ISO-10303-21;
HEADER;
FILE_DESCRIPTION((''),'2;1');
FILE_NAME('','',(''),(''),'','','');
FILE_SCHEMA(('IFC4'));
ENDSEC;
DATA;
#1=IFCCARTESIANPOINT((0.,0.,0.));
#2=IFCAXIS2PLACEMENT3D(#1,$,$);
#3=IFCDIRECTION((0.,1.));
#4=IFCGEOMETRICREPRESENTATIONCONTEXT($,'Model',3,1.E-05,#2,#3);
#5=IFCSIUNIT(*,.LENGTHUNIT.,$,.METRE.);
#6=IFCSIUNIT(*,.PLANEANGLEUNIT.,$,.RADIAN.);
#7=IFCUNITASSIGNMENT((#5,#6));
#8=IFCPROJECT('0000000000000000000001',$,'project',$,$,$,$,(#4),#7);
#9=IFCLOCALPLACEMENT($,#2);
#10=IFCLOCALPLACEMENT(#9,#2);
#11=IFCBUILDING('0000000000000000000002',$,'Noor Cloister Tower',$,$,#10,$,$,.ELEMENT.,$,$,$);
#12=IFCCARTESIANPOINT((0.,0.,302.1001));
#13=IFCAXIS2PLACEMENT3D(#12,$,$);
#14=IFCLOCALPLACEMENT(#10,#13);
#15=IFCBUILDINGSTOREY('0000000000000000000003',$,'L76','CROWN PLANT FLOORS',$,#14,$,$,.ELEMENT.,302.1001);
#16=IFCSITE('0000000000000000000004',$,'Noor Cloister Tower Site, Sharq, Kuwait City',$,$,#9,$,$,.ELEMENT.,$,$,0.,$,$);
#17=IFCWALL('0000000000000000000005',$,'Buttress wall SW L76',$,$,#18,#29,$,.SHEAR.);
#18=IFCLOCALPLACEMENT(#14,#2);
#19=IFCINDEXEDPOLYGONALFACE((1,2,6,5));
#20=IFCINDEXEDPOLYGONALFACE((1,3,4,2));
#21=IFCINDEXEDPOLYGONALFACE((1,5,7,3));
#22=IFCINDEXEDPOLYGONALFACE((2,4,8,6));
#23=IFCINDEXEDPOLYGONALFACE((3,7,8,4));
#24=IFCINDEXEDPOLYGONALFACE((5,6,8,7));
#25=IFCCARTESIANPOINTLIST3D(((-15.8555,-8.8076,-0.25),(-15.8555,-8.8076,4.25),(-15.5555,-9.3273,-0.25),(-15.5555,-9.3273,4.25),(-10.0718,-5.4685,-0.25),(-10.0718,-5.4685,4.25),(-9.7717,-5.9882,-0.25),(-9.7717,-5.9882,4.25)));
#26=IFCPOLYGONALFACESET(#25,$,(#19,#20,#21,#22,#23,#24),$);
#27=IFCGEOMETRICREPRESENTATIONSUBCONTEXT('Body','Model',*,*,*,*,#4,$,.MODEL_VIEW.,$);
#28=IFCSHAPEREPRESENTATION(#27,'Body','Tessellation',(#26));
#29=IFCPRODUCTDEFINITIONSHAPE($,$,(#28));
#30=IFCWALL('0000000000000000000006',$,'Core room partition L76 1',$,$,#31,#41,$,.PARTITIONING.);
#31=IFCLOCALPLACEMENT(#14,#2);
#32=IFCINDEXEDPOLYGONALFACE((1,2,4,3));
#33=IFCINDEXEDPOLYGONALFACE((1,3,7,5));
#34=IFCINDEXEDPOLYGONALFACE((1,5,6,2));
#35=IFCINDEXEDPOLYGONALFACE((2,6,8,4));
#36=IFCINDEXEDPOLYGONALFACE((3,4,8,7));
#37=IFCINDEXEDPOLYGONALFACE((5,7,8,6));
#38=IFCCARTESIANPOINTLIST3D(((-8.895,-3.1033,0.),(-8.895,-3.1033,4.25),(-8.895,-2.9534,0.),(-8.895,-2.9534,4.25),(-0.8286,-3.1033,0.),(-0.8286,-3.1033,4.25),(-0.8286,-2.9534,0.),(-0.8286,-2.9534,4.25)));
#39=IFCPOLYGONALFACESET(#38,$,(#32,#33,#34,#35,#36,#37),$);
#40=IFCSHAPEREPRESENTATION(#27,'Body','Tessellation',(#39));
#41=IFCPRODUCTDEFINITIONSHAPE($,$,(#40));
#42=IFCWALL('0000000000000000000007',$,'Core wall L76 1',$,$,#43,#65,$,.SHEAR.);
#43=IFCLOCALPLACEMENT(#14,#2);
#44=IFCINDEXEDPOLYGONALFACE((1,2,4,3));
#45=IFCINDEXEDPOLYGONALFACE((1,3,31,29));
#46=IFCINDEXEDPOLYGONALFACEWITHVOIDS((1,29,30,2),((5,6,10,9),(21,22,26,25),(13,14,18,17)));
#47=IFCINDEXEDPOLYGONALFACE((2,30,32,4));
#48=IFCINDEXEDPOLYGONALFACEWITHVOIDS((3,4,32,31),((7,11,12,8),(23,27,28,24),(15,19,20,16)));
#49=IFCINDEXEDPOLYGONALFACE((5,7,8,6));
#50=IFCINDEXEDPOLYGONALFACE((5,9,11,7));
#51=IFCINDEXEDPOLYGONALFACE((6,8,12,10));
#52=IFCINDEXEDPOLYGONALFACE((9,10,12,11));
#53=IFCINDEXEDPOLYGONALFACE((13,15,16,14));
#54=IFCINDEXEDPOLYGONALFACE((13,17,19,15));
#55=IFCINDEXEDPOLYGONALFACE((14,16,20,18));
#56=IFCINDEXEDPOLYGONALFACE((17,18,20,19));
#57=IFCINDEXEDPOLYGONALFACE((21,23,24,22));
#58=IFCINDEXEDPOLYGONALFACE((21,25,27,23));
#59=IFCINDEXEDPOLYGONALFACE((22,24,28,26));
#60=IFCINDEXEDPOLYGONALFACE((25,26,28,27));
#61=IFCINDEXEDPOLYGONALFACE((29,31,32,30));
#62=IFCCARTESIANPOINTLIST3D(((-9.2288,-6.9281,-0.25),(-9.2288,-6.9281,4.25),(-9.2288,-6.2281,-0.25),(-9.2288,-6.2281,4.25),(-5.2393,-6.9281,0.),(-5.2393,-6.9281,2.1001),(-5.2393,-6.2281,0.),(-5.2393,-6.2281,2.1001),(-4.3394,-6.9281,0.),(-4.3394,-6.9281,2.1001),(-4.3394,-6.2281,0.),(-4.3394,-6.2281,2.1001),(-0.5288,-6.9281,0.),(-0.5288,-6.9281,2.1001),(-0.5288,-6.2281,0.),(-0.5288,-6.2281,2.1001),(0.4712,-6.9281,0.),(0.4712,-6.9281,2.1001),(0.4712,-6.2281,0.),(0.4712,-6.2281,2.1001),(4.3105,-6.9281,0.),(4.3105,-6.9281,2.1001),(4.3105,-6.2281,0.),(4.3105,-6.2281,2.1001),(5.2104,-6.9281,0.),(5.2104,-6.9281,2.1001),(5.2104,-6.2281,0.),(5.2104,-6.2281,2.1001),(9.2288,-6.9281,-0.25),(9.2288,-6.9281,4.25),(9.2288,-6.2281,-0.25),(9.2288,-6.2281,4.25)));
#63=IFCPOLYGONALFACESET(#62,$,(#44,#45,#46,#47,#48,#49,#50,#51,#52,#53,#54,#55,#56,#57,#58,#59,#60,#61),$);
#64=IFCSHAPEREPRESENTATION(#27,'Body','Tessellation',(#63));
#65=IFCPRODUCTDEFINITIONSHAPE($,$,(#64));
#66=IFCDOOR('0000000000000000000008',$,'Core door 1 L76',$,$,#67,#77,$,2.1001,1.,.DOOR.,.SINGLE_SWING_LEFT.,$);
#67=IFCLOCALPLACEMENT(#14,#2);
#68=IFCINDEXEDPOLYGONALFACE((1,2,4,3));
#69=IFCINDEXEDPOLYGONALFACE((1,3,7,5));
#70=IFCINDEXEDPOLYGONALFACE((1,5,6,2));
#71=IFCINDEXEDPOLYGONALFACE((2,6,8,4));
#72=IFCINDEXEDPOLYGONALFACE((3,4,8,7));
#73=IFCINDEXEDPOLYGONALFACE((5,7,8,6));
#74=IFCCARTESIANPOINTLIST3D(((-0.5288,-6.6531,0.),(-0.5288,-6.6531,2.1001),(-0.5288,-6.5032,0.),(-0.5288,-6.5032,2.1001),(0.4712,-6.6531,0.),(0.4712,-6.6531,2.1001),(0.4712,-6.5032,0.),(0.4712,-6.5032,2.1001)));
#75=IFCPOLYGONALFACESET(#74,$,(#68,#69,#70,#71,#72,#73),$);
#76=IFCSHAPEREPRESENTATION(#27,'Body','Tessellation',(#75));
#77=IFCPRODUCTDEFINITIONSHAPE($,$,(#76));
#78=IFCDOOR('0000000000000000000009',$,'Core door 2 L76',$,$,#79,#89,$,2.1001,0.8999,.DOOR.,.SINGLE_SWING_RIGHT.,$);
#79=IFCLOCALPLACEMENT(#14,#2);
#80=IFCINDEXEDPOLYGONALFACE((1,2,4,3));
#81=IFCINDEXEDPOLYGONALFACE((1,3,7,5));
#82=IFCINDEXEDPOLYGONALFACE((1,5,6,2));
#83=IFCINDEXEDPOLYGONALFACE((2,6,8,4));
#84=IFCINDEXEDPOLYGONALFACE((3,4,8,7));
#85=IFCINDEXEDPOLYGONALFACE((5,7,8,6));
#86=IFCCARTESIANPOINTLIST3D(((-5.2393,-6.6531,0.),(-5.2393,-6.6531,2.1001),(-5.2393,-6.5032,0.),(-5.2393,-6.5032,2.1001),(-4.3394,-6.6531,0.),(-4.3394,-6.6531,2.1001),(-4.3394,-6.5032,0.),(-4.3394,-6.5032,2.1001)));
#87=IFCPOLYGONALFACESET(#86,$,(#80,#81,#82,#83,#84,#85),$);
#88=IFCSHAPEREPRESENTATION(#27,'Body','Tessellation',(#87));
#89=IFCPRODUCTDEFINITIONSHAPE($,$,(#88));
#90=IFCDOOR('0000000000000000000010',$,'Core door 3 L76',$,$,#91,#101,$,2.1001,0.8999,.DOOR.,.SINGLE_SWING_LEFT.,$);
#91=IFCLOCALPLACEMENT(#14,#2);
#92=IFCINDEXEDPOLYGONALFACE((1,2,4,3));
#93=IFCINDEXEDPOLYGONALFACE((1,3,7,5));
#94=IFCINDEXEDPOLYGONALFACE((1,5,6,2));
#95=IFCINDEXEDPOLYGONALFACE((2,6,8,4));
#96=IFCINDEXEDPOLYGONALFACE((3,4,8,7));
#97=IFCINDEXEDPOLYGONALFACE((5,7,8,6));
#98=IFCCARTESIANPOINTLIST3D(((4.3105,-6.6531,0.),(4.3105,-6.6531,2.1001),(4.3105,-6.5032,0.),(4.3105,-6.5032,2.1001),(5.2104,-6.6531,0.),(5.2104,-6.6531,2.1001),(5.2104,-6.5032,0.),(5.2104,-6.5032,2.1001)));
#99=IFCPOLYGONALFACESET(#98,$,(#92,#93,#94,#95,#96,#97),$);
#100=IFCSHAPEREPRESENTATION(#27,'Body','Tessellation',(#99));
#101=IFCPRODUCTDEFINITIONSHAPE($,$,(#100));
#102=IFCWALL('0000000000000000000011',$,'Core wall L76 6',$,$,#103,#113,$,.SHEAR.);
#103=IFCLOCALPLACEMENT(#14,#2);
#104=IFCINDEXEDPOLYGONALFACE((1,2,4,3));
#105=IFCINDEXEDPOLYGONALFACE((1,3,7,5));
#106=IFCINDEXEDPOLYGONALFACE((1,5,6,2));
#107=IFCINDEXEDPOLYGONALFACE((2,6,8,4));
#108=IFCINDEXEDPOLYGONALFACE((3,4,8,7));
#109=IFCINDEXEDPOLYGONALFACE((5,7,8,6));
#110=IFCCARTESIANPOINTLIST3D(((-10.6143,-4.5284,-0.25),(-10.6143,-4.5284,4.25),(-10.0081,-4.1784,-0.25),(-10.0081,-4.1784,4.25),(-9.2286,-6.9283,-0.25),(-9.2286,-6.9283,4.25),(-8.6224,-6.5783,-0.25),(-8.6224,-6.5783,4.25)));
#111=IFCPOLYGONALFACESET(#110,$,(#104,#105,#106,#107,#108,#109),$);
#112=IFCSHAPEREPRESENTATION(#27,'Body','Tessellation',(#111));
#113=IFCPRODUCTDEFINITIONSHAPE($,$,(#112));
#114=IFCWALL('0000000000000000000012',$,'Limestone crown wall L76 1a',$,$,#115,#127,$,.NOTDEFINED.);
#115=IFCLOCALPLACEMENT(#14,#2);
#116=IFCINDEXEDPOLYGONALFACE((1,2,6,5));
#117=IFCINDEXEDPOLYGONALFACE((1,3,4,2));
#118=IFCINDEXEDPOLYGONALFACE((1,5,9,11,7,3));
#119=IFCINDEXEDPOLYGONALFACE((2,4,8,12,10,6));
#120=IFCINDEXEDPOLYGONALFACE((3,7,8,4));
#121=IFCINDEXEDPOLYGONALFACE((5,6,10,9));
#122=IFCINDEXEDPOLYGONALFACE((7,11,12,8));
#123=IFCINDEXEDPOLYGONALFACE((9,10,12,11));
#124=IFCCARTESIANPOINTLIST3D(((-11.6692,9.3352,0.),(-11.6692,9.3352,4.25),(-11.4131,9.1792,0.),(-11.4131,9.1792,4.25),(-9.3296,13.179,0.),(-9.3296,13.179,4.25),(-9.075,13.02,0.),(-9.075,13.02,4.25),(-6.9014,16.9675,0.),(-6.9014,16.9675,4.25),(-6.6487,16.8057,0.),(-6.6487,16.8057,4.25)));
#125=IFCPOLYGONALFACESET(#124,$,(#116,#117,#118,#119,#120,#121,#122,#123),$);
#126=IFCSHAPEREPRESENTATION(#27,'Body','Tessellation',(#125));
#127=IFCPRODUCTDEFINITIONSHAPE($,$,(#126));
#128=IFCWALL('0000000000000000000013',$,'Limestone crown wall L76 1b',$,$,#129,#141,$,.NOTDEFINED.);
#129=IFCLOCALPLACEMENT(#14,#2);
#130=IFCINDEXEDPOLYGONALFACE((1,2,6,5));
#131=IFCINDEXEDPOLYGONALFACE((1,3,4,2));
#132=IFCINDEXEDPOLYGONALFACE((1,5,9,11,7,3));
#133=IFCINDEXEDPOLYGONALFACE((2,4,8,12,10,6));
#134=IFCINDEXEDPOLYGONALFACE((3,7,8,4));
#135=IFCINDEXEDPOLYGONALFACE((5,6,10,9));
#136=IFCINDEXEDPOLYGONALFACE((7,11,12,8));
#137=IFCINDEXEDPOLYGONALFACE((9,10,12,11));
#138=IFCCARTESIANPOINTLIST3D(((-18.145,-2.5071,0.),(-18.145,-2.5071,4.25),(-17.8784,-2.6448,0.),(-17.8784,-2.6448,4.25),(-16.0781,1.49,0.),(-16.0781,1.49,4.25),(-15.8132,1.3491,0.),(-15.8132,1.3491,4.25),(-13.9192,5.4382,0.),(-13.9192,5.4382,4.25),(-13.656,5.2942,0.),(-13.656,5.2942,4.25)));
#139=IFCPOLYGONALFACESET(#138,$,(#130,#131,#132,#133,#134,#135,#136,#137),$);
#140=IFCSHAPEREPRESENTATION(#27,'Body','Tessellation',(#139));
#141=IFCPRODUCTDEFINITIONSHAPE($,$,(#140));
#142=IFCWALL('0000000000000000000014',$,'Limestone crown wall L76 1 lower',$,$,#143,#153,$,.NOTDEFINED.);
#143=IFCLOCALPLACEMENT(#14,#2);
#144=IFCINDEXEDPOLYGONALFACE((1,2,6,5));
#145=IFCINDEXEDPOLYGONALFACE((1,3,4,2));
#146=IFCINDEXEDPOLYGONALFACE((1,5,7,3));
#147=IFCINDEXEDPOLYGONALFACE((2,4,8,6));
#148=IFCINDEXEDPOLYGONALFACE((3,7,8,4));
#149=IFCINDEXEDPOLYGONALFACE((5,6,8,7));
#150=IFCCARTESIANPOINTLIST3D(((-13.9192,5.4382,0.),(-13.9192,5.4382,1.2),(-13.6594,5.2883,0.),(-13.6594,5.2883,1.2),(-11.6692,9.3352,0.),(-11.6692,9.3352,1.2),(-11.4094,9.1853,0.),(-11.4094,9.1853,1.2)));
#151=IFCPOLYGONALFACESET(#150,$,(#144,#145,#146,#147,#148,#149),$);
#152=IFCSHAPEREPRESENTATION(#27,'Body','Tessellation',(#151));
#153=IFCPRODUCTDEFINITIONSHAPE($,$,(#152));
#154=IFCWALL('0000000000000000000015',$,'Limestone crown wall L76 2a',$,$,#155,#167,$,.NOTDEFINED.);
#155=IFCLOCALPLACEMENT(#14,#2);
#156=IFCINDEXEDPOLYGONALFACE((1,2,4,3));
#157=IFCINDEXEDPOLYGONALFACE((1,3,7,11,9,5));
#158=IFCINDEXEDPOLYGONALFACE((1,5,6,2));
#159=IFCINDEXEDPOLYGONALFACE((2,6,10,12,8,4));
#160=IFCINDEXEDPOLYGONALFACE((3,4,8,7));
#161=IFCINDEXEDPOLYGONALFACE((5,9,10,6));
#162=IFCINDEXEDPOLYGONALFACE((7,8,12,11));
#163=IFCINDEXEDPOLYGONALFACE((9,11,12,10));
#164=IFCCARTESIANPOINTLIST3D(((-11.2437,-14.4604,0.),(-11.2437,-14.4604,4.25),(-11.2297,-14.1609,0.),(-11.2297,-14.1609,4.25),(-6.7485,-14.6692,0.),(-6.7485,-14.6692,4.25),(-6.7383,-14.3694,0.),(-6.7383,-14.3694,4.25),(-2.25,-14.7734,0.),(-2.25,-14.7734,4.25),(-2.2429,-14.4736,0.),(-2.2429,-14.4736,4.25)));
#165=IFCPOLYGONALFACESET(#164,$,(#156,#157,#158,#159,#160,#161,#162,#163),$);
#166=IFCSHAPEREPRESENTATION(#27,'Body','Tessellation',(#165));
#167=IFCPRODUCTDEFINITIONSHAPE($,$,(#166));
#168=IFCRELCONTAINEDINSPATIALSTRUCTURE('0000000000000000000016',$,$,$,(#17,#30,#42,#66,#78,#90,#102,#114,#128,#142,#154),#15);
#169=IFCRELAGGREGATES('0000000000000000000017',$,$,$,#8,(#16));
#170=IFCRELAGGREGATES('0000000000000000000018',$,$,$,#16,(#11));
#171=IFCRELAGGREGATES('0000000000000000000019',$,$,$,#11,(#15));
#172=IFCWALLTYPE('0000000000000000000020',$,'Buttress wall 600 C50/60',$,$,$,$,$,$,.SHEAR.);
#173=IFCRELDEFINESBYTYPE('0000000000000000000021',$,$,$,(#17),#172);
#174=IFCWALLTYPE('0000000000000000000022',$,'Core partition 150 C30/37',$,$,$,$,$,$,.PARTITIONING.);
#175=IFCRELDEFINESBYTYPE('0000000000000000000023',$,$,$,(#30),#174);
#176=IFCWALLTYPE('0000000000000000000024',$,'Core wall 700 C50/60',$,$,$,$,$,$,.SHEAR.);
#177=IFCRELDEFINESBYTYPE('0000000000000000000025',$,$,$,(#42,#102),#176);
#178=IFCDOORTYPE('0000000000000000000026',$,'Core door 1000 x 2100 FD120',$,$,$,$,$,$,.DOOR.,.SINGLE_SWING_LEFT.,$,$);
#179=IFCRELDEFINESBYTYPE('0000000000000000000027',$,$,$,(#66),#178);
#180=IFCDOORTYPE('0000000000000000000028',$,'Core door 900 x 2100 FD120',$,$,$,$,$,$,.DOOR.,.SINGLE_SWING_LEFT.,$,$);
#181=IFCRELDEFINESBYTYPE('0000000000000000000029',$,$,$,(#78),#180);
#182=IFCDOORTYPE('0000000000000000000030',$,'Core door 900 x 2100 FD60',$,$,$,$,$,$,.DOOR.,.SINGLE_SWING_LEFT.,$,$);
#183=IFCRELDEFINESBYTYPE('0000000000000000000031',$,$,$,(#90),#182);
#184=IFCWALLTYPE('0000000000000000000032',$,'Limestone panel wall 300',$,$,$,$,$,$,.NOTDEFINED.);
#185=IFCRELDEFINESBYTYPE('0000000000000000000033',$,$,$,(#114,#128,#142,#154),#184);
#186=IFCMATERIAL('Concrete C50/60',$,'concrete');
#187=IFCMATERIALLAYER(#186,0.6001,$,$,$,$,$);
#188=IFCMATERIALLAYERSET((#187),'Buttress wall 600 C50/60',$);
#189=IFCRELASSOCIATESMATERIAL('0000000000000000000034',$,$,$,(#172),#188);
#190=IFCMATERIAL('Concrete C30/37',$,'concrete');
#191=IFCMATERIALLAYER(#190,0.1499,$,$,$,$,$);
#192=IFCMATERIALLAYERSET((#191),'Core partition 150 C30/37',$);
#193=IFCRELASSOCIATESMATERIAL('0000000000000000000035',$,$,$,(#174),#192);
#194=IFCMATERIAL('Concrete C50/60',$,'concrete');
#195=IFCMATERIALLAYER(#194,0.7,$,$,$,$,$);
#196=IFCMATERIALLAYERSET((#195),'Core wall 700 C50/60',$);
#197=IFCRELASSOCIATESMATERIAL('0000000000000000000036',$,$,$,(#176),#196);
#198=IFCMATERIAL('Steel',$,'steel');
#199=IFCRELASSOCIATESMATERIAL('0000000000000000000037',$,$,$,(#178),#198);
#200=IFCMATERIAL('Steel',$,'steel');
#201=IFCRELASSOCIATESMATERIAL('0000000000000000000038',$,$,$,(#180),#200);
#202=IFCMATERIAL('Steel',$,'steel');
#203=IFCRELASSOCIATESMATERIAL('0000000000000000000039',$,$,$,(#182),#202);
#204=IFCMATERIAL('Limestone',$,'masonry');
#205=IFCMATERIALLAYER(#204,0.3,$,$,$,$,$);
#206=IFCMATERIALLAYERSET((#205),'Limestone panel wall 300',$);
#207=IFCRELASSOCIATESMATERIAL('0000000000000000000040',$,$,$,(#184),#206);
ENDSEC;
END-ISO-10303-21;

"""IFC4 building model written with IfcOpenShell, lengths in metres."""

from ifc_helpers import new_model, si_unit, direction, frame, frame_2d, origin, place, context, subcontext, project, spatial, polyline, rectangle, outline, extrude, material, layer, layer_set, type_object, element, fill, save


model = new_model("IFC4")

# Units and contexts
model_context = context("Model", 3, precision=1e-05, world=origin(), true_north=direction((0.0, 1.0)))
body_context = subcontext(model_context, "Body", "Model", "MODEL_VIEW")
ifc_project = project(units=[si_unit("LENGTHUNIT", "METRE"), si_unit("PLANEANGLEUNIT", "RADIAN")], contexts=[model_context])

# Site, building, storey
site_placement = place(None, origin())
site = spatial("IfcSite", under=ifc_project, at=site_placement, Name="Noor Cloister Tower Site, Sharq, Kuwait City", CompositionType="ELEMENT", RefElevation=0.0)
building_placement = place(site_placement, origin())
building = spatial("IfcBuilding", under=site, at=building_placement, Name="Noor Cloister Tower", CompositionType="ELEMENT")
storey_placement = place(building_placement, frame((0.0, 0.0, 302.1001)))
storey = spatial("IfcBuildingStorey", under=building, at=storey_placement, Name="L76", Description="CROWN PLANT FLOORS", CompositionType="ELEMENT", Elevation=302.1001)

# Walls
ifc_material_1 = material(Name="Concrete C50/60", Category="concrete")
ifc_layer_1 = layer(ifc_material_1, 0.6001)
ifc_layer_set_1 = layer_set([ifc_layer_1], Name="Buttress wall 600 C50/60")
wall_type_1 = type_object("IfcWallType", Name="Buttress wall 600 C50/60", PredefinedType="SHEAR", material=ifc_layer_set_1)
wall_1_placement = place(storey_placement, frame((-9.9216, -5.7283, -0.25), z_axis=(0.0, 0.0, 1.0), x_axis=(-0.866032, -0.499988, 0.0)))
element("IfcWall", 1, at=wall_1_placement, inside=storey, type_object=wall_type_1, Name="Buttress wall SW L76", PredefinedType="SHEAR", context=body_context, shape_type="SweptSolid", body=[
    extrude(rectangle(XDim=6.6785, YDim=0.6001, at=frame_2d((3.3394, 0.0))), origin(), (0.0, 0.0, 1.0), 4.5),
])
ifc_material_2 = material(Name="Concrete C30/37", Category="concrete")
ifc_layer_2 = layer(ifc_material_2, 0.1499)
ifc_layer_set_2 = layer_set([ifc_layer_2], Name="Core partition 150 C30/37")
wall_type_2 = type_object("IfcWallType", Name="Core partition 150 C30/37", PredefinedType="PARTITIONING", material=ifc_layer_set_2)
wall_2_placement = place(storey_placement, frame((-8.895, -3.0283, 0.0), z_axis=(0.0, 0.0, 1.0), x_axis=(1.0, 0.0, 0.0)))
element("IfcWall", 2, at=wall_2_placement, inside=storey, type_object=wall_type_2, Name="Core room partition L76 1", PredefinedType="PARTITIONING", context=body_context, shape_type="SweptSolid", body=[
    extrude(rectangle(XDim=8.0664, YDim=0.1499, at=frame_2d((4.0332, 0.0))), origin(), (0.0, 0.0, 1.0), 4.25),
])

# Wall, openings, doors
ifc_material_3 = material(Name="Concrete C50/60", Category="concrete")
ifc_layer_3 = layer(ifc_material_3, 0.7)
ifc_layer_set_3 = layer_set([ifc_layer_3], Name="Core wall 700 C50/60")
wall_type_3 = type_object("IfcWallType", Name="Core wall 700 C50/60", PredefinedType="SHEAR", material=ifc_layer_set_3)
wall_3_placement = place(storey_placement, frame((-9.2288, -6.5781, -0.25), z_axis=(0.0, 0.0, 1.0), x_axis=(1.0, 0.0, 0.0)))
wall_3 = element("IfcWall", 3, at=wall_3_placement, inside=storey, type_object=wall_type_3, Name="Core wall L76 1", PredefinedType="SHEAR", context=body_context, shape_type="SweptSolid", body=[
    extrude(rectangle(XDim=18.4575, YDim=0.7, at=frame_2d((9.2288, 0.0))), origin(), (0.0, 0.0, 1.0), 4.5),
])
opening_1_placement = place(wall_3_placement, frame((8.7, 0.0, 0.25)))
opening_1 = element("IfcOpeningElement", 4, at=opening_1_placement, cuts=wall_3, PredefinedType="OPENING", context=body_context, shape_type="SweptSolid", body=[
    extrude(rectangle(XDim=1.0, YDim=2.1001, at=frame_2d((0.5, 1.05))), frame((0.0, 0.3599, 0.0), z_axis=(0.0, -1.0, 0.0), x_axis=(1.0, 0.0, 0.0)), (0.0, 0.0, 1.0), 0.72),
])
opening_2_placement = place(wall_3_placement, frame((3.9895, 0.0, 0.25)))
opening_2 = element("IfcOpeningElement", 5, at=opening_2_placement, cuts=wall_3, PredefinedType="OPENING", context=body_context, shape_type="SweptSolid", body=[
    extrude(rectangle(XDim=0.8999, YDim=2.1001, at=frame_2d((0.45, 1.05))), frame((0.0, 0.3599, 0.0), z_axis=(0.0, -1.0, 0.0), x_axis=(1.0, 0.0, 0.0)), (0.0, 0.0, 1.0), 0.72),
])
opening_3_placement = place(wall_3_placement, frame((13.5393, 0.0, 0.25)))
opening_3 = element("IfcOpeningElement", 6, at=opening_3_placement, cuts=wall_3, PredefinedType="OPENING", context=body_context, shape_type="SweptSolid", body=[
    extrude(rectangle(XDim=0.8999, YDim=2.1001, at=frame_2d((0.45, 1.05))), frame((0.0, 0.3599, 0.0), z_axis=(0.0, -1.0, 0.0), x_axis=(1.0, 0.0, 0.0)), (0.0, 0.0, 1.0), 0.72),
])
ifc_material_4 = material(Name="Steel", Category="steel")
door_type_1 = type_object("IfcDoorType", Name="Core door 1000 x 2100 FD120", OperationType="SINGLE_SWING_LEFT", PredefinedType="DOOR", material=ifc_material_4)
door_1_placement = place(opening_1_placement, origin())
door_1 = element("IfcDoor", 7, at=door_1_placement, inside=storey, type_object=door_type_1, Name="Core door 1 L76", OperationType="SINGLE_SWING_LEFT", OverallHeight=2.1001, OverallWidth=1.0, PredefinedType="DOOR", context=body_context, shape_type="SweptSolid", body=[
    extrude(rectangle(XDim=1.0, YDim=2.1001, at=frame_2d((0.5, 1.05))), frame((0.0, 0.075, 0.0), z_axis=(0.0, -1.0, 0.0), x_axis=(1.0, 0.0, 0.0)), (0.0, 0.0, 1.0), 0.1499),
])
fill(opening_1, door_1)
ifc_material_5 = material(Name="Steel", Category="steel")
door_type_2 = type_object("IfcDoorType", Name="Core door 900 x 2100 FD120", OperationType="SINGLE_SWING_LEFT", PredefinedType="DOOR", material=ifc_material_5)
door_2_placement = place(opening_2_placement, origin())
door_2 = element("IfcDoor", 8, at=door_2_placement, inside=storey, type_object=door_type_2, Name="Core door 2 L76", OperationType="SINGLE_SWING_RIGHT", OverallHeight=2.1001, OverallWidth=0.8999, PredefinedType="DOOR", context=body_context, shape_type="SweptSolid", body=[
    extrude(rectangle(XDim=0.8999, YDim=2.1001, at=frame_2d((0.45, 1.05))), frame((0.0, 0.075, 0.0), z_axis=(0.0, -1.0, 0.0), x_axis=(1.0, 0.0, 0.0)), (0.0, 0.0, 1.0), 0.1499),
])
fill(opening_2, door_2)
ifc_material_6 = material(Name="Steel", Category="steel")
door_type_3 = type_object("IfcDoorType", Name="Core door 900 x 2100 FD60", OperationType="SINGLE_SWING_LEFT", PredefinedType="DOOR", material=ifc_material_6)
door_3_placement = place(opening_3_placement, origin())
door_3 = element("IfcDoor", 9, at=door_3_placement, inside=storey, type_object=door_type_3, Name="Core door 3 L76", OperationType="SINGLE_SWING_LEFT", OverallHeight=2.1001, OverallWidth=0.8999, PredefinedType="DOOR", context=body_context, shape_type="SweptSolid", body=[
    extrude(rectangle(XDim=0.8999, YDim=2.1001, at=frame_2d((0.45, 1.05))), frame((0.0, 0.075, 0.0), z_axis=(0.0, -1.0, 0.0), x_axis=(1.0, 0.0, 0.0)), (0.0, 0.0, 1.0), 0.1499),
])
fill(opening_3, door_3)

# Walls
wall_4_placement = place(storey_placement, frame((-10.3113, -4.3533, -0.25), z_axis=(0.0, 0.0, 1.0), x_axis=(0.500043, -0.866001, 0.0)))
element("IfcWall", 10, at=wall_4_placement, inside=storey, type_object=wall_type_3, Name="Core wall L76 6", PredefinedType="SHEAR", context=body_context, shape_type="SweptSolid", body=[
    extrude(rectangle(XDim=2.7712, YDim=0.7, at=frame_2d((1.3857, 0.0))), origin(), (0.0, 0.0, 1.0), 4.5),
])
ifc_material_7 = material(Name="Limestone", Category="masonry")
ifc_layer_4 = layer(ifc_material_7, 0.3)
ifc_layer_set_4 = layer_set([ifc_layer_4], Name="Limestone panel wall 300")
wall_type_4 = type_object("IfcWallType", Name="Limestone panel wall 300", PredefinedType="NOTDEFINED", material=ifc_layer_set_4)
wall_5_placement = place(storey_placement, origin())
element("IfcWall", 11, at=wall_5_placement, inside=storey, type_object=wall_type_4, Name="Limestone crown wall L76 1a", PredefinedType="NOTDEFINED", context=body_context, shape_type="SweptSolid", body=[
    extrude(outline(polyline([(-6.9014, 16.9675), (-9.3296, 13.179), (-11.6692, 9.3352), (-11.4131, 9.1792), (-9.075, 13.02), (-6.6487, 16.8057), (-6.9014, 16.9675)])), origin(), (0.0, 0.0, 1.0), 4.25),
])
wall_6_placement = place(storey_placement, origin())
element("IfcWall", 12, at=wall_6_placement, inside=storey, type_object=wall_type_4, Name="Limestone crown wall L76 1b", PredefinedType="NOTDEFINED", context=body_context, shape_type="SweptSolid", body=[
    extrude(outline(polyline([(-13.9192, 5.4382), (-16.0781, 1.49), (-18.145, -2.5071), (-17.8784, -2.6448), (-15.8132, 1.3491), (-13.656, 5.2942), (-13.9192, 5.4382)])), origin(), (0.0, 0.0, 1.0), 4.25),
])
wall_7_placement = place(storey_placement, origin())
element("IfcWall", 13, at=wall_7_placement, inside=storey, type_object=wall_type_4, Name="Limestone crown wall L76 1 lower", PredefinedType="NOTDEFINED", context=body_context, shape_type="SweptSolid", body=[
    extrude(outline(polyline([(-11.6692, 9.3352), (-13.9192, 5.4382), (-13.6594, 5.2883), (-11.4094, 9.1853), (-11.6692, 9.3352)])), origin(), (0.0, 0.0, 1.0), 1.2),
])
wall_8_placement = place(storey_placement, origin())
element("IfcWall", 14, at=wall_8_placement, inside=storey, type_object=wall_type_4, Name="Limestone crown wall L76 2a", PredefinedType="NOTDEFINED", context=body_context, shape_type="SweptSolid", body=[
    extrude(outline(polyline([(-11.2437, -14.4604), (-6.7485, -14.6692), (-2.25, -14.7734), (-2.2429, -14.4736), (-6.7383, -14.3694), (-11.2297, -14.1609), (-11.2437, -14.4604)])), origin(), (0.0, 0.0, 1.0), 4.25),
])

save(model, "model.ifc")
